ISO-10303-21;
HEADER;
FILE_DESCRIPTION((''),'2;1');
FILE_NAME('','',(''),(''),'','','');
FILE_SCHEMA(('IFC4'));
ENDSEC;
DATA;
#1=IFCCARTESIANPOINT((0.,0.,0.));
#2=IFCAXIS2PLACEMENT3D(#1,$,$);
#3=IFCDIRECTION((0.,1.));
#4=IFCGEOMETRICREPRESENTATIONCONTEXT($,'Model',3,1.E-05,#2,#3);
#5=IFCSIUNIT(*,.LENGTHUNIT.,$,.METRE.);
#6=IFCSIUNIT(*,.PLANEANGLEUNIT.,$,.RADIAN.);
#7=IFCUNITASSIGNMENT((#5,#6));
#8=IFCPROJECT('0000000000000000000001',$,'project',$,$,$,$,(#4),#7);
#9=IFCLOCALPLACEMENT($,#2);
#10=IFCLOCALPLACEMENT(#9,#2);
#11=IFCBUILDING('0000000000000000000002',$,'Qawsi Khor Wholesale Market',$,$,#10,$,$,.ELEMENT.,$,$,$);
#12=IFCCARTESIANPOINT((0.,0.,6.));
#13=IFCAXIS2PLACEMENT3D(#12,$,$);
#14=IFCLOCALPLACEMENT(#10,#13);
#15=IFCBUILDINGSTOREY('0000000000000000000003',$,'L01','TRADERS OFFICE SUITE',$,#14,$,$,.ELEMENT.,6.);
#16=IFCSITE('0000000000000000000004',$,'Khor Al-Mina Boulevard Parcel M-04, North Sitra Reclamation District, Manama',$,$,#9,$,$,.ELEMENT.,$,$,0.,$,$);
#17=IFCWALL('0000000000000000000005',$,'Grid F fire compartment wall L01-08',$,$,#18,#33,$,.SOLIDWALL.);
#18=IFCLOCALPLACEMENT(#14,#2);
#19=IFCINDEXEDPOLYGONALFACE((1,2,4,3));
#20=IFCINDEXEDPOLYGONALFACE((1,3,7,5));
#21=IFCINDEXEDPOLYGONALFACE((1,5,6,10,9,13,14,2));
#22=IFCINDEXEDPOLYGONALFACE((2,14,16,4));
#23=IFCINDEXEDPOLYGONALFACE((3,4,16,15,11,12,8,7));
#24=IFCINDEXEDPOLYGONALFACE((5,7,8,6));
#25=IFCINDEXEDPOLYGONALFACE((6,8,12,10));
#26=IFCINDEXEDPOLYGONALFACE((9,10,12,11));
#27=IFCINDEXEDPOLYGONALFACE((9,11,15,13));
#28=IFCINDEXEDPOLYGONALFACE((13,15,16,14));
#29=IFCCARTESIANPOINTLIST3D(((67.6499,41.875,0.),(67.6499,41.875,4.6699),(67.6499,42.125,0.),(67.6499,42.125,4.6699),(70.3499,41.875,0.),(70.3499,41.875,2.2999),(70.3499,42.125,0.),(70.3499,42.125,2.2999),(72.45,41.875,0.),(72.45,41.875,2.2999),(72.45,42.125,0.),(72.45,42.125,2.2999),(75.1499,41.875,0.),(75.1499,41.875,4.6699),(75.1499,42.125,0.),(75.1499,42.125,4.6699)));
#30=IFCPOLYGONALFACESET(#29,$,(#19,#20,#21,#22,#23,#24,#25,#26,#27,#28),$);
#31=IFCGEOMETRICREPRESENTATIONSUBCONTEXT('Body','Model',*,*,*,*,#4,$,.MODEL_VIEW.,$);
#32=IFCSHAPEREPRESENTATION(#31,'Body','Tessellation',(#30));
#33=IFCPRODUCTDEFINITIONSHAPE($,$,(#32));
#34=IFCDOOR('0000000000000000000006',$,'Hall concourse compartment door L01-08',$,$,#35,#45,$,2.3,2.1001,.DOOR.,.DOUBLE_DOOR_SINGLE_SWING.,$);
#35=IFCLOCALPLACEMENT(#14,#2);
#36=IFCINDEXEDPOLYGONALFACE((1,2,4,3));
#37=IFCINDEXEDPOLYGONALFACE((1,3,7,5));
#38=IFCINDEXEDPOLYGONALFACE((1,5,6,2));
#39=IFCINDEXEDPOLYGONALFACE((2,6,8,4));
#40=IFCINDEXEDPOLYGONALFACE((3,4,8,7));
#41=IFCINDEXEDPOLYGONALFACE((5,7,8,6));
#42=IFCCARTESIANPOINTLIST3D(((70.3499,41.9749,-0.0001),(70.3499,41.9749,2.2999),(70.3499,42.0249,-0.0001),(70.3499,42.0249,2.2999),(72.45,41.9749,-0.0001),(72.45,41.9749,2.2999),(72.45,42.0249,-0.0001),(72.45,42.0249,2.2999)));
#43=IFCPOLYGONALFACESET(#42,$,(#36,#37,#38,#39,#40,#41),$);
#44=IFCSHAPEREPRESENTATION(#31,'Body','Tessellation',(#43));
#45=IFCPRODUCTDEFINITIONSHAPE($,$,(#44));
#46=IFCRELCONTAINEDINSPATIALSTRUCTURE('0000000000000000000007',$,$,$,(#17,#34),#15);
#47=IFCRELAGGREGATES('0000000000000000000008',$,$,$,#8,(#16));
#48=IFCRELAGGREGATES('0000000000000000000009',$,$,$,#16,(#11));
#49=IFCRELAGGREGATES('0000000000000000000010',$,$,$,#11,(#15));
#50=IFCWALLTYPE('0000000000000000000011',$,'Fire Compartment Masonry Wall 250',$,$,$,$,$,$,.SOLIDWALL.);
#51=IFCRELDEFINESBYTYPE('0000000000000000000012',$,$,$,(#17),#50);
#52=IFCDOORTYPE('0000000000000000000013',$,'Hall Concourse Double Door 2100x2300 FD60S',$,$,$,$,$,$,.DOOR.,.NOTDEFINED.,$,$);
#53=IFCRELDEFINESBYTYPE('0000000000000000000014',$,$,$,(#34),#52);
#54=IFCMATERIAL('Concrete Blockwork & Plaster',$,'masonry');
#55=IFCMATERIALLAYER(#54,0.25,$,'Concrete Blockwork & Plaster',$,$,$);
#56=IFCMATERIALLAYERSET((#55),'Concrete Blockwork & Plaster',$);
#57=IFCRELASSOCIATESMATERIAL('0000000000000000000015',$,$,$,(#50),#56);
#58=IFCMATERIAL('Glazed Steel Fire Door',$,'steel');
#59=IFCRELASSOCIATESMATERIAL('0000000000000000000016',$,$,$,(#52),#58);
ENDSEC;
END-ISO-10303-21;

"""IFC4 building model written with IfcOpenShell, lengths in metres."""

from ifc_helpers import new_model, si_unit, direction, frame, frame_2d, origin, place, context, subcontext, project, spatial, rectangle, extrude, material, layer, layer_set, type_object, element, fill, save


model = new_model("IFC4")

# Units and contexts
model_context = context("Model", 3, precision=1e-05, world=origin(), true_north=direction((0.0, 1.0)))
body_context = subcontext(model_context, "Body", "Model", "MODEL_VIEW")
ifc_project = project(units=[si_unit("LENGTHUNIT", "METRE"), si_unit("PLANEANGLEUNIT", "RADIAN")], contexts=[model_context])

# Site, building, storey
site_placement = place(None, origin())
site = spatial("IfcSite", under=ifc_project, at=site_placement, Name="Khor Al-Mina Boulevard Parcel M-04, North Sitra Reclamation District, Manama", CompositionType="ELEMENT", RefElevation=0.0)
building_placement = place(site_placement, origin())
building = spatial("IfcBuilding", under=site, at=building_placement, Name="Qawsi Khor Wholesale Market", CompositionType="ELEMENT")
storey_placement = place(building_placement, frame((0.0, 0.0, 6.0)))
storey = spatial("IfcBuildingStorey", under=building, at=storey_placement, Name="L01", Description="TRADERS OFFICE SUITE", CompositionType="ELEMENT", Elevation=6.0)

# Wall, opening, door
ifc_material_1 = material(Name="Concrete Blockwork & Plaster", Category="masonry")
ifc_layer_1 = layer(ifc_material_1, 0.25, Name="Concrete Blockwork & Plaster")
ifc_layer_set_1 = layer_set([ifc_layer_1], Name="Concrete Blockwork & Plaster")
wall_type = type_object("IfcWallType", Name="Fire Compartment Masonry Wall 250", PredefinedType="SOLIDWALL", material=ifc_layer_set_1)
wall_placement = place(storey_placement, frame((67.6499, 42.0, 0.0), z_axis=(0.0, 0.0, 1.0), x_axis=(1.0, 0.0, 0.0)))
wall = element("IfcWall", 1, at=wall_placement, inside=storey, type_object=wall_type, Name="Grid F fire compartment wall L01-08", PredefinedType="SOLIDWALL", context=body_context, shape_type="SweptSolid", body=[
    extrude(rectangle(XDim=7.5, YDim=0.25, at=frame_2d((3.75, 0.0))), origin(), (0.0, 0.0, 1.0), 4.6699),
])
opening_placement = place(wall_placement, frame((2.7, 0.0, 0.0)))
opening = element("IfcOpeningElement", 2, at=opening_placement, cuts=wall, PredefinedType="OPENING", context=body_context, shape_type="SweptSolid", body=[
    extrude(rectangle(XDim=2.1001, YDim=2.3, at=frame_2d((1.05, 1.1499))), frame((0.0, 0.135, 0.0), z_axis=(0.0, -1.0, 0.0), x_axis=(1.0, 0.0, 0.0)), (0.0, 0.0, 1.0), 0.27),
])
ifc_material_2 = material(Name="Glazed Steel Fire Door", Category="steel")
door_type = type_object("IfcDoorType", Name="Hall Concourse Double Door 2100x2300 FD60S", OperationType="NOTDEFINED", PredefinedType="DOOR", material=ifc_material_2)
door_placement = place(opening_placement, origin())
door = element("IfcDoor", 3, at=door_placement, inside=storey, type_object=door_type, Name="Hall concourse compartment door L01-08", OperationType="DOUBLE_DOOR_SINGLE_SWING", OverallHeight=2.3, OverallWidth=2.1001, PredefinedType="DOOR", context=body_context, shape_type="SweptSolid", body=[
    extrude(rectangle(XDim=2.1001, YDim=2.3, at=frame_2d((1.05, 1.1499))), frame((0.0, 0.0249, 0.0), z_axis=(0.0, -1.0, 0.0), x_axis=(1.0, 0.0, 0.0)), (0.0, 0.0, 1.0), 0.05),
])
fill(opening, door)

save(model, "model.ifc")
